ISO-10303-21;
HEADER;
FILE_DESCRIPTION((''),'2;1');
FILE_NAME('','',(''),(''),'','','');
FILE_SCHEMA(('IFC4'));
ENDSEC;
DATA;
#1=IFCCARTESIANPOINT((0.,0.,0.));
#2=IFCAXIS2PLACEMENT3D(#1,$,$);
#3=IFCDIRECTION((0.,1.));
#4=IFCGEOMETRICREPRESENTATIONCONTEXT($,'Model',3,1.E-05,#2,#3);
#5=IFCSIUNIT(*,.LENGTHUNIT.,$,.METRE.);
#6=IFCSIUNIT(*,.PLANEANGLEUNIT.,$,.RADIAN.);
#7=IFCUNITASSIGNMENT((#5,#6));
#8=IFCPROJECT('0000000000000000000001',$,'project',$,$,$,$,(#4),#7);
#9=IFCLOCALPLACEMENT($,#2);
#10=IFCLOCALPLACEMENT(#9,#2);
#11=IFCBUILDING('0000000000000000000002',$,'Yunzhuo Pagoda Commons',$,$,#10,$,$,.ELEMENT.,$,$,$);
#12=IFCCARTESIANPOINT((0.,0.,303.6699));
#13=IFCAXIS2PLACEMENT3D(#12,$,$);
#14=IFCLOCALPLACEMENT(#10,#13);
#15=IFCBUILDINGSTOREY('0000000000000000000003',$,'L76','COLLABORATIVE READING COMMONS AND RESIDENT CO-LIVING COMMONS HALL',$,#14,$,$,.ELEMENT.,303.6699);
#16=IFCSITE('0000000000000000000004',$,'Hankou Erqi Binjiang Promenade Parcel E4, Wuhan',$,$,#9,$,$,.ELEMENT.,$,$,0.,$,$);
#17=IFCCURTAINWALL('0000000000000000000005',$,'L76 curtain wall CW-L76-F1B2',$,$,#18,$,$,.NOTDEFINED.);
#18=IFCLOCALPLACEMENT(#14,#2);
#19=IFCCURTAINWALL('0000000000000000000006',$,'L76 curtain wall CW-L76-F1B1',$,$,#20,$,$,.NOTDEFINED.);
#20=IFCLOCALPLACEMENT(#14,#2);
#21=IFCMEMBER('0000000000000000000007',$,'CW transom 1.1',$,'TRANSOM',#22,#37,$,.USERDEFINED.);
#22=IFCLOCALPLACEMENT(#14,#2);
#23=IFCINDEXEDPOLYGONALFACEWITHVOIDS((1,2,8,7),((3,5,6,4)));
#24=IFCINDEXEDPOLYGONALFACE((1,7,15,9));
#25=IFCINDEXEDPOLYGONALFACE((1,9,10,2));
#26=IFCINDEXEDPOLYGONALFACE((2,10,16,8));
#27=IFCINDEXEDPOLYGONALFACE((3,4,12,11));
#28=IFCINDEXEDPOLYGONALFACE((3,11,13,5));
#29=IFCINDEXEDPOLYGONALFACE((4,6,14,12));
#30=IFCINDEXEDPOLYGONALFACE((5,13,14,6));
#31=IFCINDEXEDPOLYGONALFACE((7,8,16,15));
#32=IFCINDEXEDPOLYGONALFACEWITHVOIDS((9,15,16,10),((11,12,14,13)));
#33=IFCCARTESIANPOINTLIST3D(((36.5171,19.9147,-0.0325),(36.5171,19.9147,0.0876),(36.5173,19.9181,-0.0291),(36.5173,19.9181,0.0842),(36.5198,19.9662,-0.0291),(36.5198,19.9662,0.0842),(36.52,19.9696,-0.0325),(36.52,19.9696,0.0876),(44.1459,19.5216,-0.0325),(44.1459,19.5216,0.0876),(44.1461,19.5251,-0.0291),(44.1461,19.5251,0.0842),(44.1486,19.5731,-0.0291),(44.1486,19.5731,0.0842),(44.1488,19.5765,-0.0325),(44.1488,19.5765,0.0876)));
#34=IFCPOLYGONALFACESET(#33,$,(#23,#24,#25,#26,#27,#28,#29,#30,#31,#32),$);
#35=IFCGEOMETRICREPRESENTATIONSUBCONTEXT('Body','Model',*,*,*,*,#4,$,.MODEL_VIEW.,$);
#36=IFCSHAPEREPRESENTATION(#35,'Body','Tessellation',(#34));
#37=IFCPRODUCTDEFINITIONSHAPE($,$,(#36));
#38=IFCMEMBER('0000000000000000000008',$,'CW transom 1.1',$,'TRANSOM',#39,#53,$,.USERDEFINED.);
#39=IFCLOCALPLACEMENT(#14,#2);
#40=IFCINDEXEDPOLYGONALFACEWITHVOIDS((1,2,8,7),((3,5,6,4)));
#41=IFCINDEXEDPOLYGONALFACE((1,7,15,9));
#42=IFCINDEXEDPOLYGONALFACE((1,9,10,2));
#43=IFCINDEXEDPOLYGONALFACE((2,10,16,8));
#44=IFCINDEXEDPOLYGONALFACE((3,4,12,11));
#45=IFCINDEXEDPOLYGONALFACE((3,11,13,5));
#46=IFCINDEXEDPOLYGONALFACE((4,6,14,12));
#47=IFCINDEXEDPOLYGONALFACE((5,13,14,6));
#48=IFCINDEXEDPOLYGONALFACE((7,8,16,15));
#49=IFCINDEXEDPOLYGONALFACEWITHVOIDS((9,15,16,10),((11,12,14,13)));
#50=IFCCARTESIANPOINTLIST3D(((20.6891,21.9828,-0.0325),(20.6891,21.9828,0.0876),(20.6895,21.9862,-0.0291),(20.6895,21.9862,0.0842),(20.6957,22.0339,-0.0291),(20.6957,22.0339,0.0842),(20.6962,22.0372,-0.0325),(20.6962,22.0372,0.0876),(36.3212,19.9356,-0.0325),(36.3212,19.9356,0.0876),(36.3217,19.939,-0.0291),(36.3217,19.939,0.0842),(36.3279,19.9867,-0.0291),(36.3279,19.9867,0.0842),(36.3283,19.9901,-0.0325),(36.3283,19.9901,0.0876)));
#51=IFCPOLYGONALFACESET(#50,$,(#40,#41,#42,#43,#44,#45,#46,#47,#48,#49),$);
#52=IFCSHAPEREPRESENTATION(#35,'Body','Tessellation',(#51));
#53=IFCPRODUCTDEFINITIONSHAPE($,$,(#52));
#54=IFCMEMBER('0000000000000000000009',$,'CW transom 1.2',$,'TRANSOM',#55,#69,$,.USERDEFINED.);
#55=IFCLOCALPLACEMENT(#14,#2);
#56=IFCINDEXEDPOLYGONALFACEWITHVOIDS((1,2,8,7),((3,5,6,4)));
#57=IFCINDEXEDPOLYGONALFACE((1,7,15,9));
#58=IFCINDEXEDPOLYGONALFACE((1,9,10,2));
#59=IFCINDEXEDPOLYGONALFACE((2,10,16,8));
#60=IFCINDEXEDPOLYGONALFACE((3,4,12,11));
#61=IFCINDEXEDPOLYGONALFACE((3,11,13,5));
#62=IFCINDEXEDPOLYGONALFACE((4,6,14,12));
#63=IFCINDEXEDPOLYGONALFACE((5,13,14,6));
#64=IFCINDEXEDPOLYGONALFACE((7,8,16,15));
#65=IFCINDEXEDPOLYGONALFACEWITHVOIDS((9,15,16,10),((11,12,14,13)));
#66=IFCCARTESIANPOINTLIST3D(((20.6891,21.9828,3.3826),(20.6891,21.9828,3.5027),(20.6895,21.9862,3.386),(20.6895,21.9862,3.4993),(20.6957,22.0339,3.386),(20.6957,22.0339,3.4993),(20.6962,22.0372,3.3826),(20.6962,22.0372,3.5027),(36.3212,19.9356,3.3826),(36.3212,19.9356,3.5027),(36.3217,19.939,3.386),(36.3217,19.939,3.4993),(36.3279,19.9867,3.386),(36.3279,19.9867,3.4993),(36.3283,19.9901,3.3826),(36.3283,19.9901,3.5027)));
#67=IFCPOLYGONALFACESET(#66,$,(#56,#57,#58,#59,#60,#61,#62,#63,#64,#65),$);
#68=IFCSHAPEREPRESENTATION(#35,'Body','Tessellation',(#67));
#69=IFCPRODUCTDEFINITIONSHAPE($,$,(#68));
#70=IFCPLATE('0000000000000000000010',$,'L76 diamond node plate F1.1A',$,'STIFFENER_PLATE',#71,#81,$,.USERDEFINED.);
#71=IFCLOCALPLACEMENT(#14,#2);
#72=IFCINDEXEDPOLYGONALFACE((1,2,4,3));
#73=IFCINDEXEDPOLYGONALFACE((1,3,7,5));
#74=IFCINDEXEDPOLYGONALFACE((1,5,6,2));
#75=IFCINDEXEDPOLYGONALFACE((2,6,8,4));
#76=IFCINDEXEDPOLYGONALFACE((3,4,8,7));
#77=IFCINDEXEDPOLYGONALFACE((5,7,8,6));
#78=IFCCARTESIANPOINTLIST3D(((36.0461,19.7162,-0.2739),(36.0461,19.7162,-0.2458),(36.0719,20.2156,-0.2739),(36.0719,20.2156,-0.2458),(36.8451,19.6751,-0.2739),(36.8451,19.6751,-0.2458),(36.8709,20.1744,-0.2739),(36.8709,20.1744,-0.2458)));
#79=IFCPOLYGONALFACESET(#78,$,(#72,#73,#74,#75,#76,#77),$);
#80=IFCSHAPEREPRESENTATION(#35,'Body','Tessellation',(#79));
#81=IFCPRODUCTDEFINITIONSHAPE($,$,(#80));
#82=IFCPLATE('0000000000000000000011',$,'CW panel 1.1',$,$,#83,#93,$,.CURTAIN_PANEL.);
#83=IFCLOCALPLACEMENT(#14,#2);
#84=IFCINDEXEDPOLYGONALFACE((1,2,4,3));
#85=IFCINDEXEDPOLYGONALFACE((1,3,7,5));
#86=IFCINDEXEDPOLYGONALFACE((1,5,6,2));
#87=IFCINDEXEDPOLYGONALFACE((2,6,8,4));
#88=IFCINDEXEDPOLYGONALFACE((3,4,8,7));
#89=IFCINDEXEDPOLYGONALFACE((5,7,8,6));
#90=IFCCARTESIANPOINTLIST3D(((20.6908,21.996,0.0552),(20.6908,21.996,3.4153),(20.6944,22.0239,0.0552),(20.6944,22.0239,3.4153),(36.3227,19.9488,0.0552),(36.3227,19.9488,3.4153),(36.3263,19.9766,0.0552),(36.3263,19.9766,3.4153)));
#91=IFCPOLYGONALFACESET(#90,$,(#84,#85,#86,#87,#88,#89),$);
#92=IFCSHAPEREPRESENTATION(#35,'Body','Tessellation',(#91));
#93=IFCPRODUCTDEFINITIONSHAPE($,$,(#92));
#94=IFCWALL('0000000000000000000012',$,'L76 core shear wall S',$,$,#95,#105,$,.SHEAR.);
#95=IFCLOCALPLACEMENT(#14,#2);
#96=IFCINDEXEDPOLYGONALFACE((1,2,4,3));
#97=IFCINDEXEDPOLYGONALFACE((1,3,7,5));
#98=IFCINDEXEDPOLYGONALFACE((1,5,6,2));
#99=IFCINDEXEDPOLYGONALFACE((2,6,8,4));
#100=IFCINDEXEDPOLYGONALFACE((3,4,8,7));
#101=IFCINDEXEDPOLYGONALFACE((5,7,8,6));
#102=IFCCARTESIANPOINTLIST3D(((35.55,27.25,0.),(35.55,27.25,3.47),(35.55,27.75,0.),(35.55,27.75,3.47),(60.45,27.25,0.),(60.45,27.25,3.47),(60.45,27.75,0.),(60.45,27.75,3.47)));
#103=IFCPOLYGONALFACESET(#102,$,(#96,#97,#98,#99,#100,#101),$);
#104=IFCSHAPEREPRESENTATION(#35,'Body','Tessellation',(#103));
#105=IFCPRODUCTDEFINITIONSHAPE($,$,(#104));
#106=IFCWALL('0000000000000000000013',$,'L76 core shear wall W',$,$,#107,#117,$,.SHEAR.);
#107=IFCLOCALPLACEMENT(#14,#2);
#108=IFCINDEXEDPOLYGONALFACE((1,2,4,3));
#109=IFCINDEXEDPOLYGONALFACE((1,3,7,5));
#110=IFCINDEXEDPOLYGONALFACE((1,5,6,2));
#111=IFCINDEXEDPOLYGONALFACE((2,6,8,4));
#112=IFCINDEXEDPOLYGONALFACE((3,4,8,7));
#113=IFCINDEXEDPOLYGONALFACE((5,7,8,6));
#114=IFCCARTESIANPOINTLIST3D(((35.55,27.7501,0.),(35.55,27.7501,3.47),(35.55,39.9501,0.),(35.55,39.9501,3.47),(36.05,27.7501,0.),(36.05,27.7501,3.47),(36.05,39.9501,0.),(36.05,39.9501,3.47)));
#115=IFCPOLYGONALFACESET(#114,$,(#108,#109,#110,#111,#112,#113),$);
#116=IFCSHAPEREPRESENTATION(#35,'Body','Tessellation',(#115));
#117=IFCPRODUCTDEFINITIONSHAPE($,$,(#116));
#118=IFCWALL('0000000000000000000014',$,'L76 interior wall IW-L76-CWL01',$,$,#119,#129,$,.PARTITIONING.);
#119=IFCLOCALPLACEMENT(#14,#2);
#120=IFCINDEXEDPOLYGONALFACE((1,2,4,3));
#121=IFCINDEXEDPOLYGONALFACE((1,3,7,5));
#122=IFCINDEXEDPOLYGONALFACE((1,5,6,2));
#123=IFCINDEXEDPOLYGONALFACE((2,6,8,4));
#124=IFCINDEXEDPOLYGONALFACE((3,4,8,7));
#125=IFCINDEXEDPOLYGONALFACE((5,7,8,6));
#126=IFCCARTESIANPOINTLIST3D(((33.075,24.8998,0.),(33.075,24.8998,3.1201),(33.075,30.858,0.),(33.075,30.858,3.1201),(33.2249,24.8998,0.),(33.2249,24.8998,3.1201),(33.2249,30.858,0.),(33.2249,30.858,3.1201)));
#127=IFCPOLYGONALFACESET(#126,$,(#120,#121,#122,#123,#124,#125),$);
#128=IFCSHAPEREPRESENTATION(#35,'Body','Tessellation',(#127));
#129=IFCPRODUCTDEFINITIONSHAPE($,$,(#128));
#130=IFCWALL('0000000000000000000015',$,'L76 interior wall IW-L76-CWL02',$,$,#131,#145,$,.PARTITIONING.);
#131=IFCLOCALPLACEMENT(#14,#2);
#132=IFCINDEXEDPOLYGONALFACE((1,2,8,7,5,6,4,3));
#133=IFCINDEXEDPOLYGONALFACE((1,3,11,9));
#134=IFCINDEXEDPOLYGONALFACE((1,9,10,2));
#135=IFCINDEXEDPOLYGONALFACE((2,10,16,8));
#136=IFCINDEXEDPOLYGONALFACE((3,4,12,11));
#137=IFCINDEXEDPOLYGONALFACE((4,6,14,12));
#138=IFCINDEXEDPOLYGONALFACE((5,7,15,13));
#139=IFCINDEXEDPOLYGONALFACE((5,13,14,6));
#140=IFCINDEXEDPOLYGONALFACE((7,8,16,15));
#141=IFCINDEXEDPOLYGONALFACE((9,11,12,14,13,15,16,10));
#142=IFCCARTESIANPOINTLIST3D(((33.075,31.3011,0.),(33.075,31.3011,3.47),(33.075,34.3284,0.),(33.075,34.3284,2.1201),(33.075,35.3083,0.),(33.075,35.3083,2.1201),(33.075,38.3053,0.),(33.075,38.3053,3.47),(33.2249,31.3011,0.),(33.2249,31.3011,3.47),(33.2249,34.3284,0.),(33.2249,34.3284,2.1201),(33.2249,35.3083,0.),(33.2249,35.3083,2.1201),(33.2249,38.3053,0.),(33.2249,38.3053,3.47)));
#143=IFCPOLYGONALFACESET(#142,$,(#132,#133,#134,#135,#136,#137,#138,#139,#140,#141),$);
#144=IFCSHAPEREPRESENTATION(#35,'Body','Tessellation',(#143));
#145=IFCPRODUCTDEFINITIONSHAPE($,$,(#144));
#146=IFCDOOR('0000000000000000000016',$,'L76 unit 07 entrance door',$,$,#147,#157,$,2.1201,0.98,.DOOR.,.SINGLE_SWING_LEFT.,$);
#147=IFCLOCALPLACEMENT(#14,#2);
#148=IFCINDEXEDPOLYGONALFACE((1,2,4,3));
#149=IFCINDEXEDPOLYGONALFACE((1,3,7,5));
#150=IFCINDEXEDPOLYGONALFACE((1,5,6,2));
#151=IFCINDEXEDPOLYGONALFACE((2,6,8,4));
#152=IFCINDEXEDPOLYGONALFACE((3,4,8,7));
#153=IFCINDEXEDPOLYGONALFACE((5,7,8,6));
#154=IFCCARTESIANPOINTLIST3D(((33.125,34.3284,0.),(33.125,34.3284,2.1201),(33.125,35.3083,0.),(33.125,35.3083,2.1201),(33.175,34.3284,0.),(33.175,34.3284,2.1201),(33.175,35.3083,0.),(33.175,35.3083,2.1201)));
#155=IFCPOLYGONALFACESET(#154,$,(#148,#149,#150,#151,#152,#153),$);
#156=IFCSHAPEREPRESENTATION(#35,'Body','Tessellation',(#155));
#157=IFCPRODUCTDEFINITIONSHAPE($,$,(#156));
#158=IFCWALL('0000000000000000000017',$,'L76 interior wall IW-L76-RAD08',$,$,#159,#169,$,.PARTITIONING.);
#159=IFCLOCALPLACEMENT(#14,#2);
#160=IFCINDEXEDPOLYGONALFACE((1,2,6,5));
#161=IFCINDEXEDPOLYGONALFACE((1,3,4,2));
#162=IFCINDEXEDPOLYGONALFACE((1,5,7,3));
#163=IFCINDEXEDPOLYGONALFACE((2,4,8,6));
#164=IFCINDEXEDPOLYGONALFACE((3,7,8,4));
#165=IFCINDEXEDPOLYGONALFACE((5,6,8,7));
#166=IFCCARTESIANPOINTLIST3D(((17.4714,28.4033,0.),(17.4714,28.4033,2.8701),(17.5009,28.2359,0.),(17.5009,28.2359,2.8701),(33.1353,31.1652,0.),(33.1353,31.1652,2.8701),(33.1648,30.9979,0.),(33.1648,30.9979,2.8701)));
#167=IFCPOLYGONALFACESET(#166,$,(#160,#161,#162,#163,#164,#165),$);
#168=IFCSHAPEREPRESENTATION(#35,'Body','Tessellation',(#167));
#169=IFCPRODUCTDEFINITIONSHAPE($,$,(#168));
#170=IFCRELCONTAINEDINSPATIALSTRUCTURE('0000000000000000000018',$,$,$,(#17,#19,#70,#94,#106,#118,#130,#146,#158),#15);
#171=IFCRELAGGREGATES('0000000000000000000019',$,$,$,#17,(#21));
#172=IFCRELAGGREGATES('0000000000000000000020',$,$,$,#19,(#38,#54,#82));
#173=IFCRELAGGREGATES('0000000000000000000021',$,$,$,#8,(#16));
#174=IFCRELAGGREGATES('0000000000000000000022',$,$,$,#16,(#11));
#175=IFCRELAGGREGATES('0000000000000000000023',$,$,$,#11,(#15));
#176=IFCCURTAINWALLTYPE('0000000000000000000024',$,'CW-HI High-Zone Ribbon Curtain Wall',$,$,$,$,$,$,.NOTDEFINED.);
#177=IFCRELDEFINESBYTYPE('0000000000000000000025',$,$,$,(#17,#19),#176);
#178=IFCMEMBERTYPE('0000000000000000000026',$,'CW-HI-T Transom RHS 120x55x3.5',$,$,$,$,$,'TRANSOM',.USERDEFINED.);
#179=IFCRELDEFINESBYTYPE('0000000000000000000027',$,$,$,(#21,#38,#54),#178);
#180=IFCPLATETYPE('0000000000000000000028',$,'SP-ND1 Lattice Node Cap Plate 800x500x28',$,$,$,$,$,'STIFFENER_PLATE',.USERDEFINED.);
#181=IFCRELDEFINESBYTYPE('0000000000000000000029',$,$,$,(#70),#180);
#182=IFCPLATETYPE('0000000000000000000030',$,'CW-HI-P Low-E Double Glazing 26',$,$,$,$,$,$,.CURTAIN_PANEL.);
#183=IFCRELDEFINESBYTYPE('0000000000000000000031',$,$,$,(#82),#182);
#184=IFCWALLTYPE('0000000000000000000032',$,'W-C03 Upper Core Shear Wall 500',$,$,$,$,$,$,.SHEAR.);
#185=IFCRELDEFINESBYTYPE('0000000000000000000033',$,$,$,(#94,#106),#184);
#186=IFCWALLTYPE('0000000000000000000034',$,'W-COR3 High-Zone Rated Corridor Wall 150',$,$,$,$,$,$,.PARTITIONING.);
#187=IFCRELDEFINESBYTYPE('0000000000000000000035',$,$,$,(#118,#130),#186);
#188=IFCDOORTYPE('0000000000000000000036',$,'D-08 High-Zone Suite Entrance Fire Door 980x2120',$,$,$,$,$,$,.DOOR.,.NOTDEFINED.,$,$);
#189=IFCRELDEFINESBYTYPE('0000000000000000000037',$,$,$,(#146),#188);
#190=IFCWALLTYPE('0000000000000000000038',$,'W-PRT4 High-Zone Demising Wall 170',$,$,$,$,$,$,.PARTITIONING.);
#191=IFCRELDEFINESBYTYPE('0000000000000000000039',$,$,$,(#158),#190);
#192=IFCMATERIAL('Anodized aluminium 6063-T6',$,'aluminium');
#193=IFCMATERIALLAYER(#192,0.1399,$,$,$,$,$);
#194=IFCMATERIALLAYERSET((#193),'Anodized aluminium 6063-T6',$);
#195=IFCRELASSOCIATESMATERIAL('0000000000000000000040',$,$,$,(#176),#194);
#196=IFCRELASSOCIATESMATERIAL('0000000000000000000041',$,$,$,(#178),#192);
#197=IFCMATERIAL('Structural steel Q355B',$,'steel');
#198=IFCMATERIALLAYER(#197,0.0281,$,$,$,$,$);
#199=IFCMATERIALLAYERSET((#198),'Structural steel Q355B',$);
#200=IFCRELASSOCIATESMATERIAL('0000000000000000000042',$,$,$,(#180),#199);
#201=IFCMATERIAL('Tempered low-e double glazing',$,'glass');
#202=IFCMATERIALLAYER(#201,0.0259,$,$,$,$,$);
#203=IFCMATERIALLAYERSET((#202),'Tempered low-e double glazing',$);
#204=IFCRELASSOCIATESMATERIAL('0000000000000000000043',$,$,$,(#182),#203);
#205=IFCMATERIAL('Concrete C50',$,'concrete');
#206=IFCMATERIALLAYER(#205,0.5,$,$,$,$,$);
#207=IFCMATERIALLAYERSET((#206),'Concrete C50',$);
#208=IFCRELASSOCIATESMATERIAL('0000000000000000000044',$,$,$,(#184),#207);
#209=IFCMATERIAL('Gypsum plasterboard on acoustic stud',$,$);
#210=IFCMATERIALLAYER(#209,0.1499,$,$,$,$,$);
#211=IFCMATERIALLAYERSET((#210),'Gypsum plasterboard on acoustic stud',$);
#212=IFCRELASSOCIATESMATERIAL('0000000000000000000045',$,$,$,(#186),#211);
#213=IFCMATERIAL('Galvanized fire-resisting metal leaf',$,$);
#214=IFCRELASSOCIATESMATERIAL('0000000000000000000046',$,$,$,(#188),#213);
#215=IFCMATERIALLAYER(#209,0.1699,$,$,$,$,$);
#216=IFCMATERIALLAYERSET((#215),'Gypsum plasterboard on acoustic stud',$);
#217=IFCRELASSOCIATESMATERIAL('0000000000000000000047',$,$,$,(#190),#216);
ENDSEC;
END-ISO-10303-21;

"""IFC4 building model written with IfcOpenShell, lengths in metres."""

from ifc_helpers import new_model, si_unit, direction, frame, frame_2d, origin, origin_with_axes, origin_2d, place, context, subcontext, project, spatial, rectangle, hollow_rectangle, extrude, source, transform, mapped, material, layer, layer_set, material_profile, profile_set, type_object, element, fill, aggregate, save


model = new_model("IFC4")

# Units and contexts
model_context = context("Model", 3, precision=1e-05, world=origin(), true_north=direction((0.0, 1.0)))
body_context = subcontext(model_context, "Body", "Model", "MODEL_VIEW")
ifc_project = project(units=[si_unit("LENGTHUNIT", "METRE"), si_unit("PLANEANGLEUNIT", "RADIAN")], contexts=[model_context])

# Site, building, storey
site_placement = place(None, origin())
site = spatial("IfcSite", under=ifc_project, at=site_placement, Name="Hankou Erqi Binjiang Promenade Parcel E4, Wuhan", CompositionType="ELEMENT", RefElevation=0.0)
building_placement = place(site_placement, origin())
building = spatial("IfcBuilding", under=site, at=building_placement, Name="Yunzhuo Pagoda Commons", CompositionType="ELEMENT")
storey_placement = place(building_placement, frame((0.0, 0.0, 303.6699)))
storey = spatial("IfcBuildingStorey", under=building, at=storey_placement, Name="L76", Description="COLLABORATIVE READING COMMONS AND RESIDENT CO-LIVING COMMONS HALL", CompositionType="ELEMENT", Elevation=303.6699)

# Shared definitions
ifc_material_1 = material(Name="Structural steel Q355B", Category="steel")

# Curtain wall
ifc_material_2 = material(Name="Anodized aluminium 6063-T6", Category="aluminium")
ifc_layer_1 = layer(ifc_material_2, 0.1399)
ifc_layer_set_1 = layer_set([ifc_layer_1], Name="Anodized aluminium 6063-T6")
curtain_wall_type = type_object("IfcCurtainWallType", Name="CW-HI High-Zone Ribbon Curtain Wall", PredefinedType="NOTDEFINED", material=ifc_layer_set_1)
curtain_wall_1_placement = place(storey_placement, origin())
curtain_wall_1 = element("IfcCurtainWall", 1, at=curtain_wall_1_placement, inside=storey, type_object=curtain_wall_type, Name="L76 curtain wall CW-L76-F1B2", PredefinedType="NOTDEFINED")

# Curtain wall
curtain_wall_2_placement = place(storey_placement, origin())
curtain_wall_2 = element("IfcCurtainWall", 2, at=curtain_wall_2_placement, inside=storey, type_object=curtain_wall_type, Name="L76 curtain wall CW-L76-F1B1", PredefinedType="NOTDEFINED")

# Members
ifc_material_profile_1 = material_profile(ifc_material_2, hollow_rectangle(XDim=0.0549, YDim=0.1201, WallThickness=0.0034, at=origin_2d()), Name="Anodized aluminium 6063-T6")
ifc_profile_set_1 = profile_set([ifc_material_profile_1], Name="Anodized aluminium 6063-T6")
member_type_1 = type_object("IfcMemberType", Name="CW-HI-T Transom RHS 120x55x3.5", ElementType="TRANSOM", PredefinedType="USERDEFINED", material=ifc_profile_set_1)
shared_shape_1 = source(origin(), body_context, "Body", "SweptSolid", [
    extrude(hollow_rectangle(XDim=0.0549, YDim=0.1201, WallThickness=0.0034, at=origin_2d()), origin(), (0.0, 0.0, 1.0), 7.6389),
])
member_1_placement = place(storey_placement, frame((36.5186, 19.9421, 0.0276), z_axis=(0.998675, -0.051455, 0.0), x_axis=(0.051455, 0.998675, 0.0)))
member_1 = element("IfcMember", 3, at=member_1_placement, type_object=member_type_1, Name="CW transom 1.1", ObjectType="TRANSOM", PredefinedType="USERDEFINED", context=body_context, shape_type="MappedRepresentation", body=[
    mapped(shared_shape_1, transform((0.0, 0.0, 0.0), scale=1.0)),
])
aggregate(curtain_wall_1, [member_1])
shared_shape_2 = source(origin(), body_context, "Body", "SweptSolid", [
    extrude(hollow_rectangle(XDim=0.0549, YDim=0.1201, WallThickness=0.0034, at=origin_2d()), origin(), (0.0, 0.0, 1.0), 15.7656),
])
member_2_placement = place(storey_placement, frame((20.6926, 22.01, 0.0276), z_axis=(0.991534, -0.129848, 0.0), x_axis=(0.129848, 0.991534, 0.0)))
member_2 = element("IfcMember", 4, at=member_2_placement, type_object=member_type_1, Name="CW transom 1.1", ObjectType="TRANSOM", PredefinedType="USERDEFINED", context=body_context, shape_type="MappedRepresentation", body=[
    mapped(shared_shape_2, transform((0.0, 0.0, 0.0), scale=1.0)),
])
member_3_placement = place(storey_placement, frame((20.6926, 22.01, 3.4426), z_axis=(0.991534, -0.129848, 0.0), x_axis=(0.129848, 0.991534, 0.0)))
member_3 = element("IfcMember", 5, at=member_3_placement, type_object=member_type_1, Name="CW transom 1.2", ObjectType="TRANSOM", PredefinedType="USERDEFINED", context=body_context, shape_type="MappedRepresentation", body=[
    mapped(shared_shape_2, transform((0.0, 0.0, 0.0), scale=1.0)),
])

# Plates
ifc_layer_2 = layer(ifc_material_1, 0.0281)
ifc_layer_set_2 = layer_set([ifc_layer_2], Name="Structural steel Q355B")
plate_type_1 = type_object("IfcPlateType", Name="SP-ND1 Lattice Node Cap Plate 800x500x28", ElementType="STIFFENER_PLATE", PredefinedType="USERDEFINED", material=ifc_layer_set_2)
shared_shape_3 = source(origin(), body_context, "Body", "SweptSolid", [
    extrude(rectangle(XDim=0.8, YDim=0.5, at=origin_2d()), origin(), (0.0, 0.0, 1.0), 0.0281),
])
plate_1_placement = place(storey_placement, frame((36.4585, 19.9453, -0.2739), z_axis=(0.0, 0.0, 1.0), x_axis=(0.998675, -0.051464, 0.0)))
element("IfcPlate", 6, at=plate_1_placement, inside=storey, type_object=plate_type_1, Name="L76 diamond node plate F1.1A", ObjectType="STIFFENER_PLATE", PredefinedType="USERDEFINED", context=body_context, shape_type="MappedRepresentation", body=[
    mapped(shared_shape_3, transform((0.0, 0.0, 0.0), scale=1.0)),
])
ifc_material_3 = material(Name="Tempered low-e double glazing", Category="glass")
ifc_layer_3 = layer(ifc_material_3, 0.0259)
ifc_layer_set_3 = layer_set([ifc_layer_3], Name="Tempered low-e double glazing")
plate_type_2 = type_object("IfcPlateType", Name="CW-HI-P Low-E Double Glazing 26", PredefinedType="CURTAIN_PANEL", material=ifc_layer_set_3)
shared_shape_4 = source(origin(), body_context, "Body", "SweptSolid", [
    extrude(rectangle(XDim=15.7654, YDim=0.0281, at=origin_2d()), origin(), (0.0, 0.0, 1.0), 3.3601),
])
plate_2_placement = place(storey_placement, frame((28.5085, 20.9863, 0.0552), z_axis=(0.0, 0.0, 1.0), x_axis=(0.991533, -0.129855, 0.0)))
plate_2 = element("IfcPlate", 7, at=plate_2_placement, type_object=plate_type_2, Name="CW panel 1.1", PredefinedType="CURTAIN_PANEL", context=body_context, shape_type="MappedRepresentation", body=[
    mapped(shared_shape_4, transform((0.0, 0.0, 0.0), scale=1.0)),
])
aggregate(curtain_wall_2, [member_2, member_3, plate_2])

# Walls
ifc_material_4 = material(Name="Concrete C50", Category="concrete")
ifc_layer_4 = layer(ifc_material_4, 0.5)
ifc_layer_set_4 = layer_set([ifc_layer_4], Name="Concrete C50")
wall_type_1 = type_object("IfcWallType", Name="W-C03 Upper Core Shear Wall 500", PredefinedType="SHEAR", material=ifc_layer_set_4)
wall_1_placement = place(storey_placement, frame((35.55, 27.5, 0.0), z_axis=(0.0, 0.0, 1.0), x_axis=(1.0, 0.0, 0.0)))
element("IfcWall", 8, at=wall_1_placement, inside=storey, type_object=wall_type_1, Name="L76 core shear wall S", PredefinedType="SHEAR", context=body_context, shape_type="SweptSolid", body=[
    extrude(rectangle(XDim=24.8999, YDim=0.5, at=frame_2d((12.45, 0.0))), origin(), (0.0, 0.0, 1.0), 3.47),
])
wall_2_placement = place(storey_placement, frame((35.8, 27.75, 0.0), z_axis=(0.0, 0.0, 1.0), x_axis=(0.0, 1.0, 0.0)))
element("IfcWall", 9, at=wall_2_placement, inside=storey, type_object=wall_type_1, Name="L76 core shear wall W", PredefinedType="SHEAR", context=body_context, shape_type="SweptSolid", body=[
    extrude(rectangle(XDim=12.2, YDim=0.5, at=frame_2d((6.1001, 0.0))), origin(), (0.0, 0.0, 1.0), 3.47),
])
ifc_material_5 = material(Name="Gypsum plasterboard on acoustic stud")
ifc_layer_5 = layer(ifc_material_5, 0.1499)
ifc_layer_set_5 = layer_set([ifc_layer_5], Name="Gypsum plasterboard on acoustic stud")
wall_type_2 = type_object("IfcWallType", Name="W-COR3 High-Zone Rated Corridor Wall 150", PredefinedType="PARTITIONING", material=ifc_layer_set_5)
wall_3_placement = place(storey_placement, frame((33.1499, 24.8999, 0.0), z_axis=(0.0, 0.0, 1.0), x_axis=(0.0, 1.0, 0.0)))
element("IfcWall", 10, at=wall_3_placement, inside=storey, type_object=wall_type_2, Name="L76 interior wall IW-L76-CWL01", PredefinedType="PARTITIONING", context=body_context, shape_type="SweptSolid", body=[
    extrude(rectangle(XDim=5.9583, YDim=0.1499, at=frame_2d((2.979, 0.0))), origin(), (0.0, 0.0, 1.0), 3.1201),
])

# Wall, opening, door
wall_4_placement = place(storey_placement, frame((33.1499, 31.3013, 0.0), z_axis=(0.0, 0.0, 1.0), x_axis=(0.0, 1.0, 0.0)))
wall_4 = element("IfcWall", 11, at=wall_4_placement, inside=storey, type_object=wall_type_2, Name="L76 interior wall IW-L76-CWL02", PredefinedType="PARTITIONING", context=body_context, shape_type="SweptSolid", body=[
    extrude(rectangle(XDim=7.0042, YDim=0.1499, at=frame_2d((3.502, 0.0))), origin(), (0.0, 0.0, 1.0), 3.47),
])
opening_placement = place(wall_4_placement, frame((3.0271, 0.0, 0.0)))
opening = element("IfcOpeningElement", 12, at=opening_placement, cuts=wall_4, PredefinedType="OPENING", context=body_context, shape_type="SweptSolid", body=[
    extrude(rectangle(XDim=0.98, YDim=2.1201, at=frame_2d((0.49, 1.0601))), frame((0.0, 0.085, 0.0), z_axis=(0.0, -1.0, 0.0), x_axis=(1.0, 0.0, 0.0)), (0.0, 0.0, 1.0), 0.1699),
])
ifc_material_6 = material(Name="Galvanized fire-resisting metal leaf")
door_type = type_object("IfcDoorType", Name="D-08 High-Zone Suite Entrance Fire Door 980x2120", OperationType="NOTDEFINED", PredefinedType="DOOR", material=ifc_material_6)
shared_shape_5 = source(origin(), body_context, "Body", "SweptSolid", [
    extrude(rectangle(XDim=0.98, YDim=2.1201, at=frame_2d((0.49, 1.0601))), frame((0.0, 0.0249, 0.0), z_axis=(0.0, -1.0, 0.0), x_axis=(1.0, 0.0, 0.0)), (0.0, 0.0, 1.0), 0.05),
])
door_placement = place(opening_placement, origin_with_axes())
door = element("IfcDoor", 13, at=door_placement, inside=storey, type_object=door_type, Name="L76 unit 07 entrance door", OperationType="SINGLE_SWING_LEFT", OverallHeight=2.1201, OverallWidth=0.98, PredefinedType="DOOR", context=body_context, shape_type="MappedRepresentation", body=[
    mapped(shared_shape_5, transform((0.0, 0.0, 0.0), scale=1.0)),
])
fill(opening, door)

# Wall
ifc_layer_6 = layer(ifc_material_5, 0.1699)
ifc_layer_set_6 = layer_set([ifc_layer_6], Name="Gypsum plasterboard on acoustic stud")
wall_type_3 = type_object("IfcWallType", Name="W-PRT4 High-Zone Demising Wall 170", PredefinedType="PARTITIONING", material=ifc_layer_set_6)
wall_5_placement = place(storey_placement, frame((33.1499, 31.0815, 0.0), z_axis=(0.0, 0.0, 1.0), x_axis=(-0.984808, -0.173649, 0.0)))
element("IfcWall", 14, at=wall_5_placement, inside=storey, type_object=wall_type_3, Name="L76 interior wall IW-L76-RAD08", PredefinedType="PARTITIONING", context=body_context, shape_type="SweptSolid", body=[
    extrude(rectangle(XDim=15.9055, YDim=0.1699, at=frame_2d((7.9526, 0.0))), origin(), (0.0, 0.0, 1.0), 2.8701),
])

save(model, "model.ifc")
